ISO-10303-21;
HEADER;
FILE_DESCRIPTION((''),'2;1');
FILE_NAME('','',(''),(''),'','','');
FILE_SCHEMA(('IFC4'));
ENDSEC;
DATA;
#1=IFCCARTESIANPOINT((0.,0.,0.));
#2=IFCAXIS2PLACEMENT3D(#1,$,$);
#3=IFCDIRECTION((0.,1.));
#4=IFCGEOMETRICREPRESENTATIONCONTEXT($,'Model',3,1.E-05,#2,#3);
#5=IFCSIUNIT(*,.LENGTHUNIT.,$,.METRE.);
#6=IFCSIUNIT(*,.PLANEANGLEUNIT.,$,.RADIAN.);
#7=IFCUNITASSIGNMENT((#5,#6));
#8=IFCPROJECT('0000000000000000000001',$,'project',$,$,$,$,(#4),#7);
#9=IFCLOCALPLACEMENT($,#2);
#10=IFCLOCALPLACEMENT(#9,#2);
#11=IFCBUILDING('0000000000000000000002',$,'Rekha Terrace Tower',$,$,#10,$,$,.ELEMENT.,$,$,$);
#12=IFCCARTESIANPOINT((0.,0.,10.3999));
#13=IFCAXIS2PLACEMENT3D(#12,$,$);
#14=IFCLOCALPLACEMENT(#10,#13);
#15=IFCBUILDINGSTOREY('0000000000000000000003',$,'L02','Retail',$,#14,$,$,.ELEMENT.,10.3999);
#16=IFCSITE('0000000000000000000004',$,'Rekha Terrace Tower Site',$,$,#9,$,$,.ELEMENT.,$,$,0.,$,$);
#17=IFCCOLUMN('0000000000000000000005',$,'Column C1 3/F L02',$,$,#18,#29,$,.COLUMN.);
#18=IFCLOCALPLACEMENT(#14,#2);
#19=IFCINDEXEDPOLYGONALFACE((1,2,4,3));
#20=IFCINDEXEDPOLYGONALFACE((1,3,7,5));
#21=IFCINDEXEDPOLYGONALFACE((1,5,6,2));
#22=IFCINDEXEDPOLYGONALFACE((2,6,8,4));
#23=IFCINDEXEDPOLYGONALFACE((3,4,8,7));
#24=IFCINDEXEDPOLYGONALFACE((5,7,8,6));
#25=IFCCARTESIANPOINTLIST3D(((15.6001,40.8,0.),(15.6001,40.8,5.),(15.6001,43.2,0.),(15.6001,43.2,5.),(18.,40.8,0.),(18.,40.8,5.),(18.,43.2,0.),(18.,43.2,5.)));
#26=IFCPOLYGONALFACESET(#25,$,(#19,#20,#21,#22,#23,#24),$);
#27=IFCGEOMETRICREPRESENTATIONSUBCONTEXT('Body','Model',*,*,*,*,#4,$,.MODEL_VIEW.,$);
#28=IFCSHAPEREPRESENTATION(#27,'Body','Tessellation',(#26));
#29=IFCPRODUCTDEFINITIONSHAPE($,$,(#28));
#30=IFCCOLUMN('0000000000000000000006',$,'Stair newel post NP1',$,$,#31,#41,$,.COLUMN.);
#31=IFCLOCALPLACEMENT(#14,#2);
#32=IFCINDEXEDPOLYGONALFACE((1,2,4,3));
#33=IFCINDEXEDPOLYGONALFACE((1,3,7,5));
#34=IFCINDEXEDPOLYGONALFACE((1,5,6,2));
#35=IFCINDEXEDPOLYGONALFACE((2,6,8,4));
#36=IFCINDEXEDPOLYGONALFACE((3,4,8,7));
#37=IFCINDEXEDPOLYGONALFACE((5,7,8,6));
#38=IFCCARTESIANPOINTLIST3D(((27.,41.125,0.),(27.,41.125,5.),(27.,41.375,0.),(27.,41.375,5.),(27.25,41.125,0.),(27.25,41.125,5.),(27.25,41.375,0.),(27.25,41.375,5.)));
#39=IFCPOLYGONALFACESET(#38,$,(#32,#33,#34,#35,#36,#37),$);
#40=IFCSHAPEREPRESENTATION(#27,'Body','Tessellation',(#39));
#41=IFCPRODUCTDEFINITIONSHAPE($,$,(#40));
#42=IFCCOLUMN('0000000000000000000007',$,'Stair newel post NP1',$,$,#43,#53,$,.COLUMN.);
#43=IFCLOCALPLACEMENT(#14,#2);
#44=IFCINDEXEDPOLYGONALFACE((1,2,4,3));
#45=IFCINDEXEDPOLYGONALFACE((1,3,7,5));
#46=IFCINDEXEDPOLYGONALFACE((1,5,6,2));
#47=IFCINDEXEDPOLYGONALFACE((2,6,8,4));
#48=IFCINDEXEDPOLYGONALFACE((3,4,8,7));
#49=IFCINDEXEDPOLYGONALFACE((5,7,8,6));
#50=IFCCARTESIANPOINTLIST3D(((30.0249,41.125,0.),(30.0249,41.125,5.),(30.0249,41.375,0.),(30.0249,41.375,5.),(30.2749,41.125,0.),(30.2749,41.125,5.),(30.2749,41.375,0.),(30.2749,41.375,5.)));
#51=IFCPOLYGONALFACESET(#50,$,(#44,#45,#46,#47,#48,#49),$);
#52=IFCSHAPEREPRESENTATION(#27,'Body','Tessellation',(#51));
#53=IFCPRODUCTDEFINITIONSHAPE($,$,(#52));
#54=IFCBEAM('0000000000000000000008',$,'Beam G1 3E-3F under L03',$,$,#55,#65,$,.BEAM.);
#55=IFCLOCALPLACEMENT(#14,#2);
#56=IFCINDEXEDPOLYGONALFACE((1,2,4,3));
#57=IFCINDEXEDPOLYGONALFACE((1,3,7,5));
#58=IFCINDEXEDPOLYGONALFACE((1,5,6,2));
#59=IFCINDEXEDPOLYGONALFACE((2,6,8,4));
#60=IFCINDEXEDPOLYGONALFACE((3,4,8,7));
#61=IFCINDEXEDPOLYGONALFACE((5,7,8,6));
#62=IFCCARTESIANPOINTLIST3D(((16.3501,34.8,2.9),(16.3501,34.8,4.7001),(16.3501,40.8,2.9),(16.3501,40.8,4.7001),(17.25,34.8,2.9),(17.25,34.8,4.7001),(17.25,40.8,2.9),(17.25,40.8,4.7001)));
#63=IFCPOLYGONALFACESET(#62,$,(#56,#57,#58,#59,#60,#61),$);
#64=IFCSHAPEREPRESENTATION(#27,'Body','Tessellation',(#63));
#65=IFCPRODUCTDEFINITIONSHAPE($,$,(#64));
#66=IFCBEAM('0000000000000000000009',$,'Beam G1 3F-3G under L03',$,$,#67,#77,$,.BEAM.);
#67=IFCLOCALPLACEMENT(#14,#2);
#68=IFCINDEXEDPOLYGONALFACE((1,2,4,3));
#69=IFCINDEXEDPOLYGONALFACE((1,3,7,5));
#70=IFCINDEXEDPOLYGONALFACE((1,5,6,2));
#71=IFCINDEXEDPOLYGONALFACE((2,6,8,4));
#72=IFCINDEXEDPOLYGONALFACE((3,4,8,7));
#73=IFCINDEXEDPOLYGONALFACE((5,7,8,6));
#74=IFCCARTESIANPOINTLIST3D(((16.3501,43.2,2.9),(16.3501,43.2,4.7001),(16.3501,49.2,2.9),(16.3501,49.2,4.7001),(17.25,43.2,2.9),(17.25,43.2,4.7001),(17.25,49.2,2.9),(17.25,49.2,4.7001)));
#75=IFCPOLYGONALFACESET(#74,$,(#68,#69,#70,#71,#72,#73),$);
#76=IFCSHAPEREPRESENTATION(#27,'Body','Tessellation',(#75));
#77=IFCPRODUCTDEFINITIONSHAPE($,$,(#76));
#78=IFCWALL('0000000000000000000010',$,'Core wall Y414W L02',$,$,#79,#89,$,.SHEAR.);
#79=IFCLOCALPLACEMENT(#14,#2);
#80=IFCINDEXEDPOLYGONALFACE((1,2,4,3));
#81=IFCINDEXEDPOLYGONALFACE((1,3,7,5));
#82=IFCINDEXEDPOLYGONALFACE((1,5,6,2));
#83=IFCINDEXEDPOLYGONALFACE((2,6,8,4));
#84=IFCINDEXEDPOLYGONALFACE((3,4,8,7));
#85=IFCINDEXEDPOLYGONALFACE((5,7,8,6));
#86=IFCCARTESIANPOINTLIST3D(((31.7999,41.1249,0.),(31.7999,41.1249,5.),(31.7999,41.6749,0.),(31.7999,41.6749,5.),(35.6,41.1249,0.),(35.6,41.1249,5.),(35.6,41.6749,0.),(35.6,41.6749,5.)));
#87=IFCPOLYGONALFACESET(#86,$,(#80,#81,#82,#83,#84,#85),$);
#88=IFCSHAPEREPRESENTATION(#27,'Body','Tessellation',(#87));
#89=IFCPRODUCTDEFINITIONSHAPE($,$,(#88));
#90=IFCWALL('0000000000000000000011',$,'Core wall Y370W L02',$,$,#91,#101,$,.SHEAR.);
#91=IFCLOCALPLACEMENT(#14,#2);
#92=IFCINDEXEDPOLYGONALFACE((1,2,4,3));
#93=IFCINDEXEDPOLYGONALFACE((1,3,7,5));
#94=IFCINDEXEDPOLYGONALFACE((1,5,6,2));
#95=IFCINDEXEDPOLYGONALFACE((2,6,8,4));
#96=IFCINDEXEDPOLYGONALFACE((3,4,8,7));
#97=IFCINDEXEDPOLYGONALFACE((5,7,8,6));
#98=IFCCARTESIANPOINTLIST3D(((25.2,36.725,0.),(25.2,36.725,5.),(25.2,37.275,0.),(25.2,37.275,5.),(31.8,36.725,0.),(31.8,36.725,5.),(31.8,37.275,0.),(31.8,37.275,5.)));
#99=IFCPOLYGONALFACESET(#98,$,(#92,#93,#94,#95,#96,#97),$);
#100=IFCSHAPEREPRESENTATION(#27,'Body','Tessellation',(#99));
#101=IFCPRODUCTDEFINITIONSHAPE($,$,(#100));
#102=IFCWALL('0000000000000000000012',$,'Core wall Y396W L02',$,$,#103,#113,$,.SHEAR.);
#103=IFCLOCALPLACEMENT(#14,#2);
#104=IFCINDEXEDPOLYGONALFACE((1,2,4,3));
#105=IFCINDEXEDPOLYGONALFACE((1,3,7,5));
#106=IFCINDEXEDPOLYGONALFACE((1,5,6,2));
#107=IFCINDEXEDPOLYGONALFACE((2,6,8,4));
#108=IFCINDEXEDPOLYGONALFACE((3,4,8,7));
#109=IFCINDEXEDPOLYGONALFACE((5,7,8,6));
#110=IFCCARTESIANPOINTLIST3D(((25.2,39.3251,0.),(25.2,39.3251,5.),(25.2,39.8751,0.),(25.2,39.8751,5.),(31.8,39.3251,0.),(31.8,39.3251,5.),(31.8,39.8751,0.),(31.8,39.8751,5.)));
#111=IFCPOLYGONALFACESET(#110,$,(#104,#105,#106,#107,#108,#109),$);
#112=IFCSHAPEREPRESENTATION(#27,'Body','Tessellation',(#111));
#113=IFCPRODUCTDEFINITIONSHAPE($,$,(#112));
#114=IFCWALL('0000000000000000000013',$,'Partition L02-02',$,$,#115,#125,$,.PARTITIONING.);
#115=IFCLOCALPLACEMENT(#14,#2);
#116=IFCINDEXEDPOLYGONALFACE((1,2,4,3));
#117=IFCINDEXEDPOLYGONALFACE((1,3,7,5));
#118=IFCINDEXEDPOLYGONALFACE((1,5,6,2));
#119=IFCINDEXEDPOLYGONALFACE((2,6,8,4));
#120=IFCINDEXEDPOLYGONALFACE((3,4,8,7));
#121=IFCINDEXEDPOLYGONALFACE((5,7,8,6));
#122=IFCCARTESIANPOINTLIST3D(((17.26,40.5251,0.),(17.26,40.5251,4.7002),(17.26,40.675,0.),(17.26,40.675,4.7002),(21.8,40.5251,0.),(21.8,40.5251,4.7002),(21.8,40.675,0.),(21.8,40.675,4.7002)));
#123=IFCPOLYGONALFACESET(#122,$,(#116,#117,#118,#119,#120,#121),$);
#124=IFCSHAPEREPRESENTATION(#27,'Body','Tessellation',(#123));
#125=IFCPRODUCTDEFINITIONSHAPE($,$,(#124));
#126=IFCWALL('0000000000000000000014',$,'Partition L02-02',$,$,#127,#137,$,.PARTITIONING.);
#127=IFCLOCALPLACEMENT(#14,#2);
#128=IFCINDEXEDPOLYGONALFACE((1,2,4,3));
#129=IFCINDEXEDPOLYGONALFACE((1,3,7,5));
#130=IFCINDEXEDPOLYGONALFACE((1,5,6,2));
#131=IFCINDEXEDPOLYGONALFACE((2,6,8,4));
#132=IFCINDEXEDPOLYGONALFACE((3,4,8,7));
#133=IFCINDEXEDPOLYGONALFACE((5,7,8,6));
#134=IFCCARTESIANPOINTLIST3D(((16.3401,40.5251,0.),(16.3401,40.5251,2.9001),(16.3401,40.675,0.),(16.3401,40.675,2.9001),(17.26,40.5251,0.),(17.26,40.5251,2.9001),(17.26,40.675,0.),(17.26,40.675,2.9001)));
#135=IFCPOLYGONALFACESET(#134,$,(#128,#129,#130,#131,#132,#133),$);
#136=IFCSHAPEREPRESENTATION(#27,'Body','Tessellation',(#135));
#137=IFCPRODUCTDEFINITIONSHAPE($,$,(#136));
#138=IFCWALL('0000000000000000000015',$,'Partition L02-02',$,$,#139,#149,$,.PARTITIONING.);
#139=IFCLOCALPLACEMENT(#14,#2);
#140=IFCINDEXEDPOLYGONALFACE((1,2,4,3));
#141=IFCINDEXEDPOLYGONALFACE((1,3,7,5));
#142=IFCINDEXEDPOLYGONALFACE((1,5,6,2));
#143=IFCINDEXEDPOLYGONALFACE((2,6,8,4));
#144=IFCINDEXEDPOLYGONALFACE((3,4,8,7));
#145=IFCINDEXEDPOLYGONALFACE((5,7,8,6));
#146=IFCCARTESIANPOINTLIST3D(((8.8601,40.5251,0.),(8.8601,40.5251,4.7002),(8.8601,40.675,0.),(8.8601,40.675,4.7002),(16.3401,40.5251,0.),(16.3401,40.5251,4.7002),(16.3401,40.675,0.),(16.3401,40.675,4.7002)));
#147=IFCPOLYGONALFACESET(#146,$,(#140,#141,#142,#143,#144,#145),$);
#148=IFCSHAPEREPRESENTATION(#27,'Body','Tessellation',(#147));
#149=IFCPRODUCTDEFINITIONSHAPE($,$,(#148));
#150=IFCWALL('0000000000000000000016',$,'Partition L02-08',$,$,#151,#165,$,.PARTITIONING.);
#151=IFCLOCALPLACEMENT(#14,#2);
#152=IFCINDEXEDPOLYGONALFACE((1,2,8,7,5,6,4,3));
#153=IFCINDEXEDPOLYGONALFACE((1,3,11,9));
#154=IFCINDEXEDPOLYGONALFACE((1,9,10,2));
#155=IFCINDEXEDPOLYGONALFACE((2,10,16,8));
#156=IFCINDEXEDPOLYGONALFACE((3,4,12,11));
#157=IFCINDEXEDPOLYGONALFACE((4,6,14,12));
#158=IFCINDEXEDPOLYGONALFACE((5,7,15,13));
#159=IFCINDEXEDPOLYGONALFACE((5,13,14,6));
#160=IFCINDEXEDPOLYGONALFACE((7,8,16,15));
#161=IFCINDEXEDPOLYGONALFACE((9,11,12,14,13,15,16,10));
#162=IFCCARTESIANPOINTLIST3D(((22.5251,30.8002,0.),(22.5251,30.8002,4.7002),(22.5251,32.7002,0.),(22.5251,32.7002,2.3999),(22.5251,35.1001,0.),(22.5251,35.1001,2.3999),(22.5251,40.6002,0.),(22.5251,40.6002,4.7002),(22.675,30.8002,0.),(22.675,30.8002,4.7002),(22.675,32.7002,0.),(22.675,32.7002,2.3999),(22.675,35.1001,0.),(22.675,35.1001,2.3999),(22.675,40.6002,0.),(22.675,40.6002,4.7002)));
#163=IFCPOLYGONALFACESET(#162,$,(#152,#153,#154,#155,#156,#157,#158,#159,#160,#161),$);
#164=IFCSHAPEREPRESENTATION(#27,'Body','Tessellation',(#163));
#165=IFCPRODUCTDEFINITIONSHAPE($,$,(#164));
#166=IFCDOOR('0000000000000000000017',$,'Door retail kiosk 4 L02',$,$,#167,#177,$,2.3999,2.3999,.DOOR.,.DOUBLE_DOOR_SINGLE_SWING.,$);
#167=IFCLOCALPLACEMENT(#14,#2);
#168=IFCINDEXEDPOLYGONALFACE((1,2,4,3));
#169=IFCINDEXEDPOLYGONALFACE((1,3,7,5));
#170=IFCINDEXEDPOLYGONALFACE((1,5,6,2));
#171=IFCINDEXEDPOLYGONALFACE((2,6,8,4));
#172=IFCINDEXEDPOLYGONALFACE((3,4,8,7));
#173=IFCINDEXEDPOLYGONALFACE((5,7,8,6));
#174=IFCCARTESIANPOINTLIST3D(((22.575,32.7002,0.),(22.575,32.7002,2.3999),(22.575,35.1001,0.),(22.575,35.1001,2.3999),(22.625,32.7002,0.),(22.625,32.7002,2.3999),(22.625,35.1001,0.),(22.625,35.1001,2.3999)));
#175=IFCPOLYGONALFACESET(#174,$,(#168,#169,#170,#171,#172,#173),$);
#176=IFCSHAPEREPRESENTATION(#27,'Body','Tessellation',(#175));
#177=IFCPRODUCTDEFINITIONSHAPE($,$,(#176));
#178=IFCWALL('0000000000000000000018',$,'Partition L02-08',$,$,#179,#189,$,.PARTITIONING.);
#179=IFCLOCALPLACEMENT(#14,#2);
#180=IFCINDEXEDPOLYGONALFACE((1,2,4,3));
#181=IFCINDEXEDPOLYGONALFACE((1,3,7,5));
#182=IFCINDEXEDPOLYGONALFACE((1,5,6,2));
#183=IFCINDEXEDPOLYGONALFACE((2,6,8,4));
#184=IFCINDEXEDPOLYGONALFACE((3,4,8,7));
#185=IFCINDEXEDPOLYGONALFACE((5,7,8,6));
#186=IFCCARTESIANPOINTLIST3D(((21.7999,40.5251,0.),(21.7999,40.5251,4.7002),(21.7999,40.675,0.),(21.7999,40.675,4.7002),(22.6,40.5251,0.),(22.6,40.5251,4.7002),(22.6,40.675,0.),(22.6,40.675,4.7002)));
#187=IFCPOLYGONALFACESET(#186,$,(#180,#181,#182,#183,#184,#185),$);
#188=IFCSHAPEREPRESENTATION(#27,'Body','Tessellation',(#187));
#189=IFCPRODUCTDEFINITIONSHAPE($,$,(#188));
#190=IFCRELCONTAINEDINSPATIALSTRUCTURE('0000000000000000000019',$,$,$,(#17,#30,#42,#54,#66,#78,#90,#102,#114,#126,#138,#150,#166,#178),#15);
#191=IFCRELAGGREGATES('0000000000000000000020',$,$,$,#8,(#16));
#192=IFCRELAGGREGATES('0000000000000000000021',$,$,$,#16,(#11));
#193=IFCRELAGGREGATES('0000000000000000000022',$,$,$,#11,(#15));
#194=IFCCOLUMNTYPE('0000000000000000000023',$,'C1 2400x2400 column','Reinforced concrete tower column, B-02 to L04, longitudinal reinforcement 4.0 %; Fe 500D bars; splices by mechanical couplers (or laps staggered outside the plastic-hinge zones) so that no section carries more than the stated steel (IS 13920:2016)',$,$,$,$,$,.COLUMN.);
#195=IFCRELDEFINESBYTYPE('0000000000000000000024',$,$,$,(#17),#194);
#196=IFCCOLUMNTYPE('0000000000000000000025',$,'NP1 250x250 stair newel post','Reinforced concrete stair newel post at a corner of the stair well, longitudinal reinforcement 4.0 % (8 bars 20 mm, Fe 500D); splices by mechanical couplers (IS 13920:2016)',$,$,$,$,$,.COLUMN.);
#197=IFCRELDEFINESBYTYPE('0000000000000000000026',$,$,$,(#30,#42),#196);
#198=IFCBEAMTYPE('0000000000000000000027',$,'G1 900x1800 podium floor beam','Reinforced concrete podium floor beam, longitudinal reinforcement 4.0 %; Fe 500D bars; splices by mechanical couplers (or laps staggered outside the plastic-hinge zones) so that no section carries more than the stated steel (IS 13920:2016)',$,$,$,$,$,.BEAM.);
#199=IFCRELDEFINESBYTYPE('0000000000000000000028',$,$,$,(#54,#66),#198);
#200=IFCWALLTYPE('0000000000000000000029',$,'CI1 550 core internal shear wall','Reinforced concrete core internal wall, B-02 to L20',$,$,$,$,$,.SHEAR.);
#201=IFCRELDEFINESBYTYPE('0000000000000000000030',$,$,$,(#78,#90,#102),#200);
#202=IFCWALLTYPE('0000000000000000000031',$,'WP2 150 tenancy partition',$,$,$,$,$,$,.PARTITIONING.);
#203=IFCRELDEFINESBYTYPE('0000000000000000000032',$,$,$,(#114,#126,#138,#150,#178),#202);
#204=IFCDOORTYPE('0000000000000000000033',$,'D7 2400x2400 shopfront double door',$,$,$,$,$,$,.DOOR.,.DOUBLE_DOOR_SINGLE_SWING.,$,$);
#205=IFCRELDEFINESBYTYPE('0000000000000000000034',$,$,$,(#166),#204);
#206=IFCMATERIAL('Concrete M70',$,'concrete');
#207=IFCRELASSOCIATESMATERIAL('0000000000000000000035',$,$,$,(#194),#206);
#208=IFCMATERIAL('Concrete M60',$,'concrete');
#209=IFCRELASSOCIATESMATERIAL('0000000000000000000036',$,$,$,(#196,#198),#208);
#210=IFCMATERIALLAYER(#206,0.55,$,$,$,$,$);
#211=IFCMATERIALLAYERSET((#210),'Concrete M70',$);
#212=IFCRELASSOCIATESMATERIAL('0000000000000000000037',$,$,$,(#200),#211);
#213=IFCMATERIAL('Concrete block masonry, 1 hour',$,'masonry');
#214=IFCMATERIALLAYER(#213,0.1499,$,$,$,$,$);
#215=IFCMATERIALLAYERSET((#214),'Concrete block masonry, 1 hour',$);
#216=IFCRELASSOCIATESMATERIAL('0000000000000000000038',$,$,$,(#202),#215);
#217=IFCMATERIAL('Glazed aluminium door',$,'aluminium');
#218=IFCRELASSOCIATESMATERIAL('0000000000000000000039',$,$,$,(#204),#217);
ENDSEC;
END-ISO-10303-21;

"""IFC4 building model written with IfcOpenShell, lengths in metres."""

from ifc_helpers import new_model, si_unit, direction, frame, frame_2d, origin, origin_2d, place, context, subcontext, project, spatial, rectangle, extrude, material, layer, layer_set, material_profile, profile_set, type_object, element, fill, save


model = new_model("IFC4")

# Units and contexts
model_context = context("Model", 3, precision=1e-05, world=origin(), true_north=direction((0.0, 1.0)))
body_context = subcontext(model_context, "Body", "Model", "MODEL_VIEW")
ifc_project = project(units=[si_unit("LENGTHUNIT", "METRE"), si_unit("PLANEANGLEUNIT", "RADIAN")], contexts=[model_context])

# Site, building, storey
site_placement = place(None, origin())
site = spatial("IfcSite", under=ifc_project, at=site_placement, Name="Rekha Terrace Tower Site", CompositionType="ELEMENT", RefElevation=0.0)
building_placement = place(site_placement, origin())
building = spatial("IfcBuilding", under=site, at=building_placement, Name="Rekha Terrace Tower", CompositionType="ELEMENT")
storey_placement = place(building_placement, frame((0.0, 0.0, 10.3999)))
storey = spatial("IfcBuildingStorey", under=building, at=storey_placement, Name="L02", Description="Retail", CompositionType="ELEMENT", Elevation=10.3999)

# Columns
ifc_material_1 = material(Name="Concrete M70", Category="concrete")
ifc_material_profile_1 = material_profile(ifc_material_1, rectangle(XDim=2.3999, YDim=2.3999, at=origin_2d()), Name="RC 2400x2400")
ifc_profile_set_1 = profile_set([ifc_material_profile_1], Name="Concrete M70")
column_type_1 = type_object("IfcColumnType", Name="C1 2400x2400 column", Description="Reinforced concrete tower column, B-02 to L04, longitudinal reinforcement 4.0 %; Fe 500D bars; splices by mechanical couplers (or laps staggered outside the plastic-hinge zones) so that no section carries more than the stated steel (IS 13920:2016)", PredefinedType="COLUMN", material=ifc_profile_set_1)
column_placement = place(storey_placement, frame((16.8, 42.0, 0.0), z_axis=(0.0, 0.0, 1.0), x_axis=(1.0, 0.0, 0.0)))
element("IfcColumn", 1, at=column_placement, inside=storey, type_object=column_type_1, Name="Column C1 3/F L02", PredefinedType="COLUMN", context=body_context, shape_type="SweptSolid", body=[
    extrude(rectangle(XDim=2.3999, YDim=2.3999, at=origin_2d()), origin(), (0.0, 0.0, 1.0), 5.0),
])
ifc_material_2 = material(Name="Concrete M60", Category="concrete")
ifc_material_profile_2 = material_profile(ifc_material_2, rectangle(XDim=0.25, YDim=0.25, at=origin_2d()), Name="RC 250x250")
ifc_profile_set_2 = profile_set([ifc_material_profile_2], Name="Concrete M60")
column_type_2 = type_object("IfcColumnType", Name="NP1 250x250 stair newel post", Description="Reinforced concrete stair newel post at a corner of the stair well, longitudinal reinforcement 4.0 % (8 bars 20 mm, Fe 500D); splices by mechanical couplers (IS 13920:2016)", PredefinedType="COLUMN", material=ifc_profile_set_2)
for number, where, z_axis, x_axis, name in (
    (2, (27.125, 41.25, 0.0), (0.0, 0.0, 1.0), (1.0, 0.0, 0.0), "Stair newel post NP1"),
    (3, (30.1499, 41.25, 0.0), (0.0, 0.0, 1.0), (1.0, 0.0, 0.0), "Stair newel post NP1"),
):
    element("IfcColumn", number, at=place(storey_placement, frame(where, z_axis=z_axis, x_axis=x_axis)), inside=storey, type_object=column_type_2, Name=name, PredefinedType="COLUMN", context=body_context, shape_type="SweptSolid", body=[
        extrude(rectangle(XDim=0.25, YDim=0.25, at=origin_2d()), origin(), (0.0, 0.0, 1.0), 5.0),
    ])

# Beams
ifc_material_profile_3 = material_profile(ifc_material_2, rectangle(XDim=0.8999, YDim=1.8, at=origin_2d()), Name="RC 900x1800")
ifc_profile_set_3 = profile_set([ifc_material_profile_3], Name="Concrete M60")
beam_type = type_object("IfcBeamType", Name="G1 900x1800 podium floor beam", Description="Reinforced concrete podium floor beam, longitudinal reinforcement 4.0 %; Fe 500D bars; splices by mechanical couplers (or laps staggered outside the plastic-hinge zones) so that no section carries more than the stated steel (IS 13920:2016)", PredefinedType="BEAM", material=ifc_profile_set_3)
for number, where, z_axis, x_axis, name in (
    (4, (16.8, 34.8, 3.8), (0.0, 1.0, 0.0), (-1.0, 0.0, 0.0), "Beam G1 3E-3F under L03"),
    (5, (16.8, 43.2, 3.8), (0.0, 1.0, 0.0), (-1.0, 0.0, 0.0), "Beam G1 3F-3G under L03"),
):
    element("IfcBeam", number, at=place(storey_placement, frame(where, z_axis=z_axis, x_axis=x_axis)), inside=storey, type_object=beam_type, Name=name, PredefinedType="BEAM", context=body_context, shape_type="SweptSolid", body=[
        extrude(rectangle(XDim=0.8999, YDim=1.8, at=origin_2d()), origin(), (0.0, 0.0, 1.0), 6.0),
    ])

# Walls
ifc_layer_1 = layer(ifc_material_1, 0.55)
ifc_layer_set_1 = layer_set([ifc_layer_1], Name="Concrete M70")
wall_type_1 = type_object("IfcWallType", Name="CI1 550 core internal shear wall", Description="Reinforced concrete core internal wall, B-02 to L20", PredefinedType="SHEAR", material=ifc_layer_set_1)
wall_1_placement = place(storey_placement, frame((31.8, 41.3999, 0.0), z_axis=(0.0, 0.0, 1.0), x_axis=(1.0, 0.0, 0.0)))
element("IfcWall", 6, at=wall_1_placement, inside=storey, type_object=wall_type_1, Name="Core wall Y414W L02", PredefinedType="SHEAR", context=body_context, shape_type="SweptSolid", body=[
    extrude(rectangle(XDim=3.8, YDim=0.55, at=frame_2d((1.8999, 0.0))), origin(), (0.0, 0.0, 1.0), 5.0),
])
for number, where, z_axis, x_axis, name in (
    (7, (25.2, 37.0, 0.0), (0.0, 0.0, 1.0), (1.0, 0.0, 0.0), "Core wall Y370W L02"),
    (8, (25.2, 39.6001, 0.0), (0.0, 0.0, 1.0), (1.0, 0.0, 0.0), "Core wall Y396W L02"),
):
    element("IfcWall", number, at=place(storey_placement, frame(where, z_axis=z_axis, x_axis=x_axis)), inside=storey, type_object=wall_type_1, Name=name, PredefinedType="SHEAR", context=body_context, shape_type="SweptSolid", body=[
        extrude(rectangle(XDim=6.6001, YDim=0.55, at=frame_2d((3.3, 0.0))), origin(), (0.0, 0.0, 1.0), 5.0),
    ])
ifc_material_3 = material(Name="Concrete block masonry, 1 hour", Category="masonry")
ifc_layer_2 = layer(ifc_material_3, 0.1499)
ifc_layer_set_2 = layer_set([ifc_layer_2], Name="Concrete block masonry, 1 hour")
wall_type_2 = type_object("IfcWallType", Name="WP2 150 tenancy partition", PredefinedType="PARTITIONING", material=ifc_layer_set_2)
wall_2_placement = place(storey_placement, frame((21.8, 40.6001, 0.0), z_axis=(0.0, 0.0, 1.0), x_axis=(-1.0, 0.0, 0.0)))
element("IfcWall", 9, at=wall_2_placement, inside=storey, type_object=wall_type_2, Name="Partition L02-02", PredefinedType="PARTITIONING", context=body_context, shape_type="SweptSolid", body=[
    extrude(rectangle(XDim=4.54, YDim=0.1499, at=frame_2d((2.27, 0.0))), origin(), (0.0, 0.0, 1.0), 4.7002),
])
wall_3_placement = place(storey_placement, frame((17.26, 40.6001, 0.0), z_axis=(0.0, 0.0, 1.0), x_axis=(-1.0, 0.0, 0.0)))
element("IfcWall", 10, at=wall_3_placement, inside=storey, type_object=wall_type_2, Name="Partition L02-02", PredefinedType="PARTITIONING", context=body_context, shape_type="SweptSolid", body=[
    extrude(rectangle(XDim=0.9199, YDim=0.1499, at=frame_2d((0.46, 0.0))), origin(), (0.0, 0.0, 1.0), 2.9001),
])
wall_4_placement = place(storey_placement, frame((16.3401, 40.6001, 0.0), z_axis=(0.0, 0.0, 1.0), x_axis=(-1.0, 0.0, 0.0)))
element("IfcWall", 11, at=wall_4_placement, inside=storey, type_object=wall_type_2, Name="Partition L02-02", PredefinedType="PARTITIONING", context=body_context, shape_type="SweptSolid", body=[
    extrude(rectangle(XDim=7.48, YDim=0.1499, at=frame_2d((3.74, 0.0))), origin(), (0.0, 0.0, 1.0), 4.7002),
])

# Wall, opening, door
wall_5_placement = place(storey_placement, frame((22.6001, 40.6001, 0.0), z_axis=(0.0, 0.0, 1.0), x_axis=(0.0, -1.0, 0.0)))
wall_5 = element("IfcWall", 12, at=wall_5_placement, inside=storey, type_object=wall_type_2, Name="Partition L02-08", PredefinedType="PARTITIONING", context=body_context, shape_type="SweptSolid", body=[
    extrude(rectangle(XDim=9.8, YDim=0.1499, at=frame_2d((4.8999, 0.0))), origin(), (0.0, 0.0, 1.0), 4.7002),
])
opening_placement = place(wall_5_placement, frame((5.5, 0.0, 0.0)))
opening = element("IfcOpeningElement", 13, at=opening_placement, cuts=wall_5, PredefinedType="OPENING", context=body_context, shape_type="SweptSolid", body=[
    extrude(rectangle(XDim=2.3999, YDim=2.3999, at=frame_2d((1.2, 1.2))), frame((0.0, 0.085, 0.0), z_axis=(0.0, -1.0, 0.0), x_axis=(1.0, 0.0, 0.0)), (0.0, 0.0, 1.0), 0.1699),
])
ifc_material_4 = material(Name="Glazed aluminium door", Category="aluminium")
door_type = type_object("IfcDoorType", Name="D7 2400x2400 shopfront double door", OperationType="DOUBLE_DOOR_SINGLE_SWING", PredefinedType="DOOR", material=ifc_material_4)
door_placement = place(opening_placement, origin())
door = element("IfcDoor", 14, at=door_placement, inside=storey, type_object=door_type, Name="Door retail kiosk 4 L02", OperationType="DOUBLE_DOOR_SINGLE_SWING", OverallHeight=2.3999, OverallWidth=2.3999, PredefinedType="DOOR", context=body_context, shape_type="SweptSolid", body=[
    extrude(rectangle(XDim=2.3999, YDim=2.3999, at=frame_2d((1.2, 1.2))), frame((0.0, 0.0249, 0.0), z_axis=(0.0, -1.0, 0.0), x_axis=(1.0, 0.0, 0.0)), (0.0, 0.0, 1.0), 0.05),
])
fill(opening, door)

# Wall
wall_6_placement = place(storey_placement, frame((21.8, 40.6001, 0.0), z_axis=(0.0, 0.0, 1.0), x_axis=(1.0, 0.0, 0.0)))
element("IfcWall", 15, at=wall_6_placement, inside=storey, type_object=wall_type_2, Name="Partition L02-08", PredefinedType="PARTITIONING", context=body_context, shape_type="SweptSolid", body=[
    extrude(rectangle(XDim=0.8, YDim=0.1499, at=frame_2d((0.3999, 0.0))), origin(), (0.0, 0.0, 1.0), 4.7002),
])

save(model, "model.ifc")
